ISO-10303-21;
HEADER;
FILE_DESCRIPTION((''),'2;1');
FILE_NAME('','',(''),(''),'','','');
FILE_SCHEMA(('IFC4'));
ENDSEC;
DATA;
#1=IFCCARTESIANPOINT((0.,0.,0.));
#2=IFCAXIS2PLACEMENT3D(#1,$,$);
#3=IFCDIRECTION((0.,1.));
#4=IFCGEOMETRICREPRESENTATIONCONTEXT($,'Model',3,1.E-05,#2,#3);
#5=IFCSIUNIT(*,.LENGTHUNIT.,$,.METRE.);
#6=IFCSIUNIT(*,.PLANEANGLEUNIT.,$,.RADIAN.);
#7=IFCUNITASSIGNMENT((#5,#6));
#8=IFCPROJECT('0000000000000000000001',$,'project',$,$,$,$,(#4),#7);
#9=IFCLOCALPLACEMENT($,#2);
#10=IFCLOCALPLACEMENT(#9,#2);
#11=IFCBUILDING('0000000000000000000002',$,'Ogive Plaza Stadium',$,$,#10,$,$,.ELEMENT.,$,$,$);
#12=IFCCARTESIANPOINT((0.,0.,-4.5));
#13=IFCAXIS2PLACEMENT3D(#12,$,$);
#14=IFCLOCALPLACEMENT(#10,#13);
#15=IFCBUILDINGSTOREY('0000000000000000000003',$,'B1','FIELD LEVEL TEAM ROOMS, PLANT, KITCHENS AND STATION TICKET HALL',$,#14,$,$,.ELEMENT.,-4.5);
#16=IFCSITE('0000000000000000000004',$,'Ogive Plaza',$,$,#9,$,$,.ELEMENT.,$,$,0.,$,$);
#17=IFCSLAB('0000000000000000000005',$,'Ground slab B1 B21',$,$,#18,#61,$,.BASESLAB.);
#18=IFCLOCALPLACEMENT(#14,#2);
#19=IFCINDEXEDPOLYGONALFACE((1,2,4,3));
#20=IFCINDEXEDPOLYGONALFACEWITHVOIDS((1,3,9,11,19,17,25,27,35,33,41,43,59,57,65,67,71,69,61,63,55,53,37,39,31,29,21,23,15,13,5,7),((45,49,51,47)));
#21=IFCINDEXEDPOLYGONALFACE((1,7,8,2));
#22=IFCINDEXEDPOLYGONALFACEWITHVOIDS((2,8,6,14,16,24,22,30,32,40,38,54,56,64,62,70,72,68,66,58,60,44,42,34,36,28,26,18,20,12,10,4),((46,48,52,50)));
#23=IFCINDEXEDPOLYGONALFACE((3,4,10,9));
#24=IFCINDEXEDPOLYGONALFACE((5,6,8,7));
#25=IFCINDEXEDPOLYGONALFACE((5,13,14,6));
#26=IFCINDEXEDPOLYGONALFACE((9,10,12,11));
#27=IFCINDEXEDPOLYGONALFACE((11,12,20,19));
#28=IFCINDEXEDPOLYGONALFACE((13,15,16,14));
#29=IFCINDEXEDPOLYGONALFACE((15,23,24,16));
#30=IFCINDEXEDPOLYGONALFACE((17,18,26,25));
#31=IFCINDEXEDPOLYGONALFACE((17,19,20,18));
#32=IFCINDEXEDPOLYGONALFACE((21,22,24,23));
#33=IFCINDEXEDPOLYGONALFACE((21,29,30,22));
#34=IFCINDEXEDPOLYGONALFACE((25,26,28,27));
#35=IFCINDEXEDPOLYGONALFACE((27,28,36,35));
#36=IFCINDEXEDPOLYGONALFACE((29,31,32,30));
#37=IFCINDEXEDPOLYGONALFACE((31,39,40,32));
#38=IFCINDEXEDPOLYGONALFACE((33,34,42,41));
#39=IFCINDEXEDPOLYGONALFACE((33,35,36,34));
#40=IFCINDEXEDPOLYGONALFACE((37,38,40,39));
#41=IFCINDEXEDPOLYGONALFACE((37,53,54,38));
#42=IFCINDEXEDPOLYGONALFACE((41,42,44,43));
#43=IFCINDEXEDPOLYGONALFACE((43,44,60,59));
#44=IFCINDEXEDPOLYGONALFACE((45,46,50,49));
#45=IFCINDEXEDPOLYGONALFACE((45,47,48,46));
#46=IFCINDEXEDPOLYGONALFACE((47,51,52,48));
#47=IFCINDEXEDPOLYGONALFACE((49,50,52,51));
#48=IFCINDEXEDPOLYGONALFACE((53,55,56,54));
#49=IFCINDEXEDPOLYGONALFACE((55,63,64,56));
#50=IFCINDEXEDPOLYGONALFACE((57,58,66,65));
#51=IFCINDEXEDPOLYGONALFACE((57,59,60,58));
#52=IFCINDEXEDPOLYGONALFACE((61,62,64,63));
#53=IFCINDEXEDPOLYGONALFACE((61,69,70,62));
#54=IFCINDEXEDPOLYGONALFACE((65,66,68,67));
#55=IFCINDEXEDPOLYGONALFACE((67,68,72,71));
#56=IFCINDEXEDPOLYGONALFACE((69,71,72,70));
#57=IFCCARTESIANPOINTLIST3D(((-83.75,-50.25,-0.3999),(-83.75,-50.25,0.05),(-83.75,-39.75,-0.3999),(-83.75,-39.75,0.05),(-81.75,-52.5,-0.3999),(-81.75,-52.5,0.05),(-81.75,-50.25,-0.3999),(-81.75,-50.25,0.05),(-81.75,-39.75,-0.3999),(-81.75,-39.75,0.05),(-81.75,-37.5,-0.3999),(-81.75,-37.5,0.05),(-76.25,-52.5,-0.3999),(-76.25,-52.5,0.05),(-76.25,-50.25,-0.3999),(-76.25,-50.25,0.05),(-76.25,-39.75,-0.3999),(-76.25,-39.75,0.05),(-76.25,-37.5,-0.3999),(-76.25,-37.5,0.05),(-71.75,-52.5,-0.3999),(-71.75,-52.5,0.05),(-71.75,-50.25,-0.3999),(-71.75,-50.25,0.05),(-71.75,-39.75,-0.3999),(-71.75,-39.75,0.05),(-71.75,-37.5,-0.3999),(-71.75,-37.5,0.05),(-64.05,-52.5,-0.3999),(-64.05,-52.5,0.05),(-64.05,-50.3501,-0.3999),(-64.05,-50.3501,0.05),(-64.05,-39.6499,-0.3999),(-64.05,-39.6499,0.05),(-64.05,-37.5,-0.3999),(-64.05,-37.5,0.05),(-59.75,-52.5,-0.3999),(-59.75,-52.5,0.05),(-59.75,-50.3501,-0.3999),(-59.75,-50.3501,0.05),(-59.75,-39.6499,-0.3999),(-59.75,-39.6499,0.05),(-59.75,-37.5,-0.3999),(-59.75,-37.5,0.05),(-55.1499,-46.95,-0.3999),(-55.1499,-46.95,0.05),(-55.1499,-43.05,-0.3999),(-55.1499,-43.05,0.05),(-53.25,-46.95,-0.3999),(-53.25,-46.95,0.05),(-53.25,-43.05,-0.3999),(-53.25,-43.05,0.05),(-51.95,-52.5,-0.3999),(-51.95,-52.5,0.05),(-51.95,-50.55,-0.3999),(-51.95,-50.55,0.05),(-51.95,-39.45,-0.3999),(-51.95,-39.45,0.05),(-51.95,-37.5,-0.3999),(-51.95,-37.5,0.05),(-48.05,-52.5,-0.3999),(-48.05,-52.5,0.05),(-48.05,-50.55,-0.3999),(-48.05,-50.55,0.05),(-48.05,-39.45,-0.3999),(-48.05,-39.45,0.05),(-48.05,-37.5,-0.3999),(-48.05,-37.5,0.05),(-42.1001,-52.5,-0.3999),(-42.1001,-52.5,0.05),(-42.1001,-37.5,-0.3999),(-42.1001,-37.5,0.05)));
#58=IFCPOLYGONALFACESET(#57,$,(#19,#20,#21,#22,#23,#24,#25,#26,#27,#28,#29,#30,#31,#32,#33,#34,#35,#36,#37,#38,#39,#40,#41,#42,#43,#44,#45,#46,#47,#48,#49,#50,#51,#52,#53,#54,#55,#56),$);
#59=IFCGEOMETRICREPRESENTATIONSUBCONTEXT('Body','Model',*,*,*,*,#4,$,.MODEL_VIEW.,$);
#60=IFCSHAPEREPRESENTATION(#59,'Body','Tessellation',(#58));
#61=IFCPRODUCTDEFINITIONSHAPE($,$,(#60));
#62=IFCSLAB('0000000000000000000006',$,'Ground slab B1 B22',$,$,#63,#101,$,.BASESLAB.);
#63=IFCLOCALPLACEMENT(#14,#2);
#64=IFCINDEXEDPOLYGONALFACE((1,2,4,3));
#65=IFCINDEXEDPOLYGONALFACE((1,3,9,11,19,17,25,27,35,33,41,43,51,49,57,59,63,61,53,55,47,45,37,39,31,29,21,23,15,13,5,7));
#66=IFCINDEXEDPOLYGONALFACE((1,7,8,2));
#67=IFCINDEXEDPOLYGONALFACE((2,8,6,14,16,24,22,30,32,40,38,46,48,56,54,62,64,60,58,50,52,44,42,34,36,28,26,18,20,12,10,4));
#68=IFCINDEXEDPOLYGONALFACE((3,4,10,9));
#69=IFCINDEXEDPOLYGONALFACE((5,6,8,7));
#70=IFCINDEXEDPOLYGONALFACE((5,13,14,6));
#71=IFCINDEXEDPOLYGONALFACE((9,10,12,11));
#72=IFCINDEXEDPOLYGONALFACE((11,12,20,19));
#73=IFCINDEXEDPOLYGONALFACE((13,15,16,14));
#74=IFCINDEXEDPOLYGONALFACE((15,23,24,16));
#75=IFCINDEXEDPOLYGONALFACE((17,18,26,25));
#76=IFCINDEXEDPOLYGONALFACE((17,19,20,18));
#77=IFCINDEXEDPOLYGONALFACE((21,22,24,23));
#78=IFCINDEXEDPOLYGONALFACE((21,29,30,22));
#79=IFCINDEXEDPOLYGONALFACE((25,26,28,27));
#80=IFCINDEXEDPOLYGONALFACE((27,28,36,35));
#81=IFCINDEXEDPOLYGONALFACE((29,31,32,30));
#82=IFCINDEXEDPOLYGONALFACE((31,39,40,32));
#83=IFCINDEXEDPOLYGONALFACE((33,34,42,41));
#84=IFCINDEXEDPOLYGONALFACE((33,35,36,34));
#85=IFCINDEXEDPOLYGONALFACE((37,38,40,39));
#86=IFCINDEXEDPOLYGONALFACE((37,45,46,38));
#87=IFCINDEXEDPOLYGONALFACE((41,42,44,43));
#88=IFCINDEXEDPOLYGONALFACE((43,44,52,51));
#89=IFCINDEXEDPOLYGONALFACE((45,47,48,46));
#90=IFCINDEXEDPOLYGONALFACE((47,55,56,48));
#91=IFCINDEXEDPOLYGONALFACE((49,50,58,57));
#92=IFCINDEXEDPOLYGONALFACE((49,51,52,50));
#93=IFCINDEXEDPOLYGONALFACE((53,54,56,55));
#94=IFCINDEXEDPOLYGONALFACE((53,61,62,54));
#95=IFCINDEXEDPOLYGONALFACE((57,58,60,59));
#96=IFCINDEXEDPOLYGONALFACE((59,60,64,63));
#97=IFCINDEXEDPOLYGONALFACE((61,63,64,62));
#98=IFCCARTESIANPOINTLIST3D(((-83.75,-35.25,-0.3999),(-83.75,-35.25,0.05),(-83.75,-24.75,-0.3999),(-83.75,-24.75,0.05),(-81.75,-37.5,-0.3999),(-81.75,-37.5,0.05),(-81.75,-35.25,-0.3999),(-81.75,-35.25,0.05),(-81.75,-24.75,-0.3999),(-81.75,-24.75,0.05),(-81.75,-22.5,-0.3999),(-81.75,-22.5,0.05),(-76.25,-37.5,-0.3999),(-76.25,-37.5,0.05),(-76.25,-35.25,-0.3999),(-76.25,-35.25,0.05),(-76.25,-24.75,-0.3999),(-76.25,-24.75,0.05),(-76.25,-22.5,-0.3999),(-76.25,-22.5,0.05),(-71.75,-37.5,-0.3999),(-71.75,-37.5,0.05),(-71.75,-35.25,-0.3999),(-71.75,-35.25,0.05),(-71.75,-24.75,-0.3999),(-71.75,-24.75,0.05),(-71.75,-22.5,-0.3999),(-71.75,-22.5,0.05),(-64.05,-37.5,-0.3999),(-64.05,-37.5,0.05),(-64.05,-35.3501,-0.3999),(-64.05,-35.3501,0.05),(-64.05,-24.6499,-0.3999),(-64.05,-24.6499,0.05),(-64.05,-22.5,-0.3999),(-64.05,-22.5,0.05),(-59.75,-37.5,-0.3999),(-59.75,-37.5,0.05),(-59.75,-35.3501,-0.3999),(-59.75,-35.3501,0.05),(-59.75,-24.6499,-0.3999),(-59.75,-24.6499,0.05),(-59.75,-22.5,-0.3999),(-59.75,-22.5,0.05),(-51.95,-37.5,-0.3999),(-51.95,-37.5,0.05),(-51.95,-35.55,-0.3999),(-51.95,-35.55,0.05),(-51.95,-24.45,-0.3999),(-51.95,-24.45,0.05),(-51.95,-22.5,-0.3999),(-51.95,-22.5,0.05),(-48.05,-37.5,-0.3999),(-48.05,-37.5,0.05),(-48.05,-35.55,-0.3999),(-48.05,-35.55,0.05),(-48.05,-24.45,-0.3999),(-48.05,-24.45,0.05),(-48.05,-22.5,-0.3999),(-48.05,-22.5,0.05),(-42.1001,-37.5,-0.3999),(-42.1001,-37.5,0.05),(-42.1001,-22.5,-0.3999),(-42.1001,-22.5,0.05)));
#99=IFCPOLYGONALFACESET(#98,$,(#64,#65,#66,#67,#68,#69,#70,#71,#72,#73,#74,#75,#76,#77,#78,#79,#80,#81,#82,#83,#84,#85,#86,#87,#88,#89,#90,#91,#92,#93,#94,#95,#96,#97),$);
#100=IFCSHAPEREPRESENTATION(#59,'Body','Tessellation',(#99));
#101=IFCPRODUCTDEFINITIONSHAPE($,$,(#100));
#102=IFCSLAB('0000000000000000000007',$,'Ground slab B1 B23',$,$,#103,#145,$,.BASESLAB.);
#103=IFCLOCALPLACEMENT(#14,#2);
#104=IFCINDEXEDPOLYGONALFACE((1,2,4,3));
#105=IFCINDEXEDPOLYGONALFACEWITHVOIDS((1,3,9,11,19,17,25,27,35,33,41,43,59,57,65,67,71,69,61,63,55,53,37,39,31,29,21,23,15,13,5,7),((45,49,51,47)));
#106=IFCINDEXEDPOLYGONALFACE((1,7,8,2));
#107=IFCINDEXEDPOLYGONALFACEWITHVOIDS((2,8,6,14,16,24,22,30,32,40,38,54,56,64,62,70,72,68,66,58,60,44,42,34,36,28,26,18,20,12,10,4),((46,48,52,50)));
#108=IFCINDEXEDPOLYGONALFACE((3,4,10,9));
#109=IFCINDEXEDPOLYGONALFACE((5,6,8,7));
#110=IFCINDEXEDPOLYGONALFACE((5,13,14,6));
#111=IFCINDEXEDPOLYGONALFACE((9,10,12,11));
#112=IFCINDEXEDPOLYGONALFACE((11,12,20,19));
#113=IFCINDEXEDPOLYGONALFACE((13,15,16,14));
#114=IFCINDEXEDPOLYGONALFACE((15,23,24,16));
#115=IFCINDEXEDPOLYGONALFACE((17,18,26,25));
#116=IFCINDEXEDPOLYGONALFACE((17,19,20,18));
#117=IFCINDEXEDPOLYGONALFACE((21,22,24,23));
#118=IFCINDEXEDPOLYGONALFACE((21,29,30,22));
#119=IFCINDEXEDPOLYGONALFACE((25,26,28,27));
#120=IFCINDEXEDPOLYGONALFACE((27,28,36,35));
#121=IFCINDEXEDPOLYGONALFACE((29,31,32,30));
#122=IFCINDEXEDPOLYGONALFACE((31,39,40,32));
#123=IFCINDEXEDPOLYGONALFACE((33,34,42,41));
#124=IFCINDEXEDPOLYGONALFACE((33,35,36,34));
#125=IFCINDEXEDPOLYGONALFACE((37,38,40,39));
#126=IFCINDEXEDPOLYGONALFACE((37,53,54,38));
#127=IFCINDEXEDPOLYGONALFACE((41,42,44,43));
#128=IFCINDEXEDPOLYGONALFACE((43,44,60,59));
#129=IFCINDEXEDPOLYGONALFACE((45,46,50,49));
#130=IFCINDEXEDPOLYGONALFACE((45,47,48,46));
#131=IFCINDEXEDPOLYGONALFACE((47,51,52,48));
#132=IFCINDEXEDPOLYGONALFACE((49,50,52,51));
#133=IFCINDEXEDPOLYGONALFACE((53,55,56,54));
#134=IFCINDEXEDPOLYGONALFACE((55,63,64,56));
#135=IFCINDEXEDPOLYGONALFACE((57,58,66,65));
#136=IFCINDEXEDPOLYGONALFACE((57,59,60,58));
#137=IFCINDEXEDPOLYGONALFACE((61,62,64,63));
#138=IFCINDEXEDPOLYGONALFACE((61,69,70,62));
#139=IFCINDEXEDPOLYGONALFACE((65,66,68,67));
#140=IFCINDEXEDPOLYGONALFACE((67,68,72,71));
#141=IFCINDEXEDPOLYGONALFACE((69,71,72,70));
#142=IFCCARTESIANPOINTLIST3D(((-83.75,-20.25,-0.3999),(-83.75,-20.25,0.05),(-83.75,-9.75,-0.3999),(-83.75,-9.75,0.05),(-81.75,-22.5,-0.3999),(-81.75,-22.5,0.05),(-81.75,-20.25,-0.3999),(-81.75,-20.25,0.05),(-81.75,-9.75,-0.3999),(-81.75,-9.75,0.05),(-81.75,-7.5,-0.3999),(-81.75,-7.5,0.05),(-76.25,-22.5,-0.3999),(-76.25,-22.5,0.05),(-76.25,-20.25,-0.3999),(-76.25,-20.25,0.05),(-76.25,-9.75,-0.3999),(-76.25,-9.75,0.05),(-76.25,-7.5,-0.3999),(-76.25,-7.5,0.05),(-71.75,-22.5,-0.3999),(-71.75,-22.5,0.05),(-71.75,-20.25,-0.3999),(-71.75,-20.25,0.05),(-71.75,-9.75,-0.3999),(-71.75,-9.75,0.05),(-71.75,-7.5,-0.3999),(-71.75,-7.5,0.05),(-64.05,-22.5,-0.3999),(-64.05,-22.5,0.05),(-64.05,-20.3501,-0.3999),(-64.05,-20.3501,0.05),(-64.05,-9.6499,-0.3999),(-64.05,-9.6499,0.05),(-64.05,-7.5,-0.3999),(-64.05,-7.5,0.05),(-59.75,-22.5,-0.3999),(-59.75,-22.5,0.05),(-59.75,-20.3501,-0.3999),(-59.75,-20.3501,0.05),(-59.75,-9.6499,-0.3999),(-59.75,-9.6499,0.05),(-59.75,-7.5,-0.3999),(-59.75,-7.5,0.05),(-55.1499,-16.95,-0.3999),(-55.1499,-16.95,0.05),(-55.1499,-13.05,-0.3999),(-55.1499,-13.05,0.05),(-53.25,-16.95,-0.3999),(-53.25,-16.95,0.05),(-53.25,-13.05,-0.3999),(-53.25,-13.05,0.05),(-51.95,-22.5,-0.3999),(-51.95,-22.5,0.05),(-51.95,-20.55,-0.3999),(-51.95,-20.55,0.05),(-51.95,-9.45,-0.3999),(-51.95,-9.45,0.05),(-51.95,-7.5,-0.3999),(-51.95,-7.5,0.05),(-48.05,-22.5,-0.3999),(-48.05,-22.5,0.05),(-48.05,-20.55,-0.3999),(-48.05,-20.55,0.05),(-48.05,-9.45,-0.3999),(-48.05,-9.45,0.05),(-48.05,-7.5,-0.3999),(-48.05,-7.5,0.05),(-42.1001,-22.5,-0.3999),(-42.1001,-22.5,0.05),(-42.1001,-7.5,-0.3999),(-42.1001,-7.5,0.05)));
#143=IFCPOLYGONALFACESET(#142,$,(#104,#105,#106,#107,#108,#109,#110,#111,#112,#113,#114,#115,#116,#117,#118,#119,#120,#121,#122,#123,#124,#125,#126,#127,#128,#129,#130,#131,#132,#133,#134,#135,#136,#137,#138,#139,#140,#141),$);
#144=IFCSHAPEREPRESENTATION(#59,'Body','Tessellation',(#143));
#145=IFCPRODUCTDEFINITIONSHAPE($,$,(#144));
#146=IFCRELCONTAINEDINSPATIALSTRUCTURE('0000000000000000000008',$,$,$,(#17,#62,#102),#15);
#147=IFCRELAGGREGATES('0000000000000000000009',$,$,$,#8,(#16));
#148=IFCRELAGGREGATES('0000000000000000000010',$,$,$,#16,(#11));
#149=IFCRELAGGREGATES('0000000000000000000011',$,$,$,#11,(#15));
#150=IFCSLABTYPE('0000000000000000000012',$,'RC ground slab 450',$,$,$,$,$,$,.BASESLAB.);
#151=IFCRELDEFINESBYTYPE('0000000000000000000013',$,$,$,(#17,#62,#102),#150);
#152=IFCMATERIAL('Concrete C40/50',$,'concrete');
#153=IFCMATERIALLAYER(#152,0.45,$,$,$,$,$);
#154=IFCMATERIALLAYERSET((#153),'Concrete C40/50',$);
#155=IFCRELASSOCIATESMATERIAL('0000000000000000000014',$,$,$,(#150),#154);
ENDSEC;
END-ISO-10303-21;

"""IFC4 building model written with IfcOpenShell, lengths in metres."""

from ifc_helpers import new_model, si_unit, direction, frame, origin, place, context, subcontext, project, spatial, polyline, outline, extrude, material, layer, layer_set, type_object, element, save


model = new_model("IFC4")

# Units and contexts
model_context = context("Model", 3, precision=1e-05, world=origin(), true_north=direction((0.0, 1.0)))
body_context = subcontext(model_context, "Body", "Model", "MODEL_VIEW")
ifc_project = project(units=[si_unit("LENGTHUNIT", "METRE"), si_unit("PLANEANGLEUNIT", "RADIAN")], contexts=[model_context])

# Site, building, storey
site_placement = place(None, origin())
site = spatial("IfcSite", under=ifc_project, at=site_placement, Name="Ogive Plaza", CompositionType="ELEMENT", RefElevation=0.0)
building_placement = place(site_placement, origin())
building = spatial("IfcBuilding", under=site, at=building_placement, Name="Ogive Plaza Stadium", CompositionType="ELEMENT")
storey_placement = place(building_placement, frame((0.0, 0.0, -4.5)))
storey = spatial("IfcBuildingStorey", under=building, at=storey_placement, Name="B1", Description="FIELD LEVEL TEAM ROOMS, PLANT, KITCHENS AND STATION TICKET HALL", CompositionType="ELEMENT", Elevation=-4.5)

# Slabs
ifc_material_1 = material(Name="Concrete C40/50", Category="concrete")
ifc_layer_1 = layer(ifc_material_1, 0.45)
ifc_layer_set_1 = layer_set([ifc_layer_1], Name="Concrete C40/50")
slab_type_1 = type_object("IfcSlabType", Name="RC ground slab 450", PredefinedType="BASESLAB", material=ifc_layer_set_1)
slab_1_placement = place(storey_placement, frame((0.0, 0.0, -0.3999)))
element("IfcSlab", 1, at=slab_1_placement, inside=storey, type_object=slab_type_1, Name="Ground slab B1 B21", PredefinedType="BASESLAB", context=body_context, shape_type="SweptSolid", body=[
    extrude(outline(polyline([(-48.05, -37.5), (-48.05, -39.45), (-51.95, -39.45), (-51.95, -37.5), (-59.75, -37.5), (-59.75, -39.6499), (-64.05, -39.6499), (-64.05, -37.5), (-71.75, -37.5), (-71.75, -39.75), (-76.25, -39.75), (-76.25, -37.5), (-81.75, -37.5), (-81.75, -39.75), (-83.75, -39.75), (-83.75, -50.25), (-81.75, -50.25), (-81.75, -52.5), (-76.25, -52.5), (-76.25, -50.25), (-71.75, -50.25), (-71.75, -52.5), (-64.05, -52.5), (-64.05, -50.3501), (-59.75, -50.3501), (-59.75, -52.5), (-51.95, -52.5), (-51.95, -50.55), (-48.05, -50.55), (-48.05, -52.5), (-42.1001, -52.5), (-42.1001, -37.5), (-48.05, -37.5)]), holes=[polyline([(-55.1499, -46.95), (-53.25, -46.95), (-53.25, -43.05), (-55.1499, -43.05), (-55.1499, -46.95)])]), origin(), (0.0, 0.0, 1.0), 0.45),
])
slab_2_placement = place(storey_placement, frame((0.0, 0.0, -0.3999)))
element("IfcSlab", 2, at=slab_2_placement, inside=storey, type_object=slab_type_1, Name="Ground slab B1 B22", PredefinedType="BASESLAB", context=body_context, shape_type="SweptSolid", body=[
    extrude(outline(polyline([(-48.05, -22.5), (-48.05, -24.45), (-51.95, -24.45), (-51.95, -22.5), (-59.75, -22.5), (-59.75, -24.6499), (-64.05, -24.6499), (-64.05, -22.5), (-71.75, -22.5), (-71.75, -24.75), (-76.25, -24.75), (-76.25, -22.5), (-81.75, -22.5), (-81.75, -24.75), (-83.75, -24.75), (-83.75, -35.25), (-81.75, -35.25), (-81.75, -37.5), (-76.25, -37.5), (-76.25, -35.25), (-71.75, -35.25), (-71.75, -37.5), (-64.05, -37.5), (-64.05, -35.3501), (-59.75, -35.3501), (-59.75, -37.5), (-51.95, -37.5), (-51.95, -35.55), (-48.05, -35.55), (-48.05, -37.5), (-42.1001, -37.5), (-42.1001, -22.5), (-48.05, -22.5)])), origin(), (0.0, 0.0, 1.0), 0.45),
])
slab_3_placement = place(storey_placement, frame((0.0, 0.0, -0.3999)))
element("IfcSlab", 3, at=slab_3_placement, inside=storey, type_object=slab_type_1, Name="Ground slab B1 B23", PredefinedType="BASESLAB", context=body_context, shape_type="SweptSolid", body=[
    extrude(outline(polyline([(-48.05, -7.5), (-48.05, -9.45), (-51.95, -9.45), (-51.95, -7.5), (-59.75, -7.5), (-59.75, -9.6499), (-64.05, -9.6499), (-64.05, -7.5), (-71.75, -7.5), (-71.75, -9.75), (-76.25, -9.75), (-76.25, -7.5), (-81.75, -7.5), (-81.75, -9.75), (-83.75, -9.75), (-83.75, -20.25), (-81.75, -20.25), (-81.75, -22.5), (-76.25, -22.5), (-76.25, -20.25), (-71.75, -20.25), (-71.75, -22.5), (-64.05, -22.5), (-64.05, -20.3501), (-59.75, -20.3501), (-59.75, -22.5), (-51.95, -22.5), (-51.95, -20.55), (-48.05, -20.55), (-48.05, -22.5), (-42.1001, -22.5), (-42.1001, -7.5), (-48.05, -7.5)]), holes=[polyline([(-55.1499, -16.95), (-53.25, -16.95), (-53.25, -13.05), (-55.1499, -13.05), (-55.1499, -16.95)])]), origin(), (0.0, 0.0, 1.0), 0.45),
])

save(model, "model.ifc")
